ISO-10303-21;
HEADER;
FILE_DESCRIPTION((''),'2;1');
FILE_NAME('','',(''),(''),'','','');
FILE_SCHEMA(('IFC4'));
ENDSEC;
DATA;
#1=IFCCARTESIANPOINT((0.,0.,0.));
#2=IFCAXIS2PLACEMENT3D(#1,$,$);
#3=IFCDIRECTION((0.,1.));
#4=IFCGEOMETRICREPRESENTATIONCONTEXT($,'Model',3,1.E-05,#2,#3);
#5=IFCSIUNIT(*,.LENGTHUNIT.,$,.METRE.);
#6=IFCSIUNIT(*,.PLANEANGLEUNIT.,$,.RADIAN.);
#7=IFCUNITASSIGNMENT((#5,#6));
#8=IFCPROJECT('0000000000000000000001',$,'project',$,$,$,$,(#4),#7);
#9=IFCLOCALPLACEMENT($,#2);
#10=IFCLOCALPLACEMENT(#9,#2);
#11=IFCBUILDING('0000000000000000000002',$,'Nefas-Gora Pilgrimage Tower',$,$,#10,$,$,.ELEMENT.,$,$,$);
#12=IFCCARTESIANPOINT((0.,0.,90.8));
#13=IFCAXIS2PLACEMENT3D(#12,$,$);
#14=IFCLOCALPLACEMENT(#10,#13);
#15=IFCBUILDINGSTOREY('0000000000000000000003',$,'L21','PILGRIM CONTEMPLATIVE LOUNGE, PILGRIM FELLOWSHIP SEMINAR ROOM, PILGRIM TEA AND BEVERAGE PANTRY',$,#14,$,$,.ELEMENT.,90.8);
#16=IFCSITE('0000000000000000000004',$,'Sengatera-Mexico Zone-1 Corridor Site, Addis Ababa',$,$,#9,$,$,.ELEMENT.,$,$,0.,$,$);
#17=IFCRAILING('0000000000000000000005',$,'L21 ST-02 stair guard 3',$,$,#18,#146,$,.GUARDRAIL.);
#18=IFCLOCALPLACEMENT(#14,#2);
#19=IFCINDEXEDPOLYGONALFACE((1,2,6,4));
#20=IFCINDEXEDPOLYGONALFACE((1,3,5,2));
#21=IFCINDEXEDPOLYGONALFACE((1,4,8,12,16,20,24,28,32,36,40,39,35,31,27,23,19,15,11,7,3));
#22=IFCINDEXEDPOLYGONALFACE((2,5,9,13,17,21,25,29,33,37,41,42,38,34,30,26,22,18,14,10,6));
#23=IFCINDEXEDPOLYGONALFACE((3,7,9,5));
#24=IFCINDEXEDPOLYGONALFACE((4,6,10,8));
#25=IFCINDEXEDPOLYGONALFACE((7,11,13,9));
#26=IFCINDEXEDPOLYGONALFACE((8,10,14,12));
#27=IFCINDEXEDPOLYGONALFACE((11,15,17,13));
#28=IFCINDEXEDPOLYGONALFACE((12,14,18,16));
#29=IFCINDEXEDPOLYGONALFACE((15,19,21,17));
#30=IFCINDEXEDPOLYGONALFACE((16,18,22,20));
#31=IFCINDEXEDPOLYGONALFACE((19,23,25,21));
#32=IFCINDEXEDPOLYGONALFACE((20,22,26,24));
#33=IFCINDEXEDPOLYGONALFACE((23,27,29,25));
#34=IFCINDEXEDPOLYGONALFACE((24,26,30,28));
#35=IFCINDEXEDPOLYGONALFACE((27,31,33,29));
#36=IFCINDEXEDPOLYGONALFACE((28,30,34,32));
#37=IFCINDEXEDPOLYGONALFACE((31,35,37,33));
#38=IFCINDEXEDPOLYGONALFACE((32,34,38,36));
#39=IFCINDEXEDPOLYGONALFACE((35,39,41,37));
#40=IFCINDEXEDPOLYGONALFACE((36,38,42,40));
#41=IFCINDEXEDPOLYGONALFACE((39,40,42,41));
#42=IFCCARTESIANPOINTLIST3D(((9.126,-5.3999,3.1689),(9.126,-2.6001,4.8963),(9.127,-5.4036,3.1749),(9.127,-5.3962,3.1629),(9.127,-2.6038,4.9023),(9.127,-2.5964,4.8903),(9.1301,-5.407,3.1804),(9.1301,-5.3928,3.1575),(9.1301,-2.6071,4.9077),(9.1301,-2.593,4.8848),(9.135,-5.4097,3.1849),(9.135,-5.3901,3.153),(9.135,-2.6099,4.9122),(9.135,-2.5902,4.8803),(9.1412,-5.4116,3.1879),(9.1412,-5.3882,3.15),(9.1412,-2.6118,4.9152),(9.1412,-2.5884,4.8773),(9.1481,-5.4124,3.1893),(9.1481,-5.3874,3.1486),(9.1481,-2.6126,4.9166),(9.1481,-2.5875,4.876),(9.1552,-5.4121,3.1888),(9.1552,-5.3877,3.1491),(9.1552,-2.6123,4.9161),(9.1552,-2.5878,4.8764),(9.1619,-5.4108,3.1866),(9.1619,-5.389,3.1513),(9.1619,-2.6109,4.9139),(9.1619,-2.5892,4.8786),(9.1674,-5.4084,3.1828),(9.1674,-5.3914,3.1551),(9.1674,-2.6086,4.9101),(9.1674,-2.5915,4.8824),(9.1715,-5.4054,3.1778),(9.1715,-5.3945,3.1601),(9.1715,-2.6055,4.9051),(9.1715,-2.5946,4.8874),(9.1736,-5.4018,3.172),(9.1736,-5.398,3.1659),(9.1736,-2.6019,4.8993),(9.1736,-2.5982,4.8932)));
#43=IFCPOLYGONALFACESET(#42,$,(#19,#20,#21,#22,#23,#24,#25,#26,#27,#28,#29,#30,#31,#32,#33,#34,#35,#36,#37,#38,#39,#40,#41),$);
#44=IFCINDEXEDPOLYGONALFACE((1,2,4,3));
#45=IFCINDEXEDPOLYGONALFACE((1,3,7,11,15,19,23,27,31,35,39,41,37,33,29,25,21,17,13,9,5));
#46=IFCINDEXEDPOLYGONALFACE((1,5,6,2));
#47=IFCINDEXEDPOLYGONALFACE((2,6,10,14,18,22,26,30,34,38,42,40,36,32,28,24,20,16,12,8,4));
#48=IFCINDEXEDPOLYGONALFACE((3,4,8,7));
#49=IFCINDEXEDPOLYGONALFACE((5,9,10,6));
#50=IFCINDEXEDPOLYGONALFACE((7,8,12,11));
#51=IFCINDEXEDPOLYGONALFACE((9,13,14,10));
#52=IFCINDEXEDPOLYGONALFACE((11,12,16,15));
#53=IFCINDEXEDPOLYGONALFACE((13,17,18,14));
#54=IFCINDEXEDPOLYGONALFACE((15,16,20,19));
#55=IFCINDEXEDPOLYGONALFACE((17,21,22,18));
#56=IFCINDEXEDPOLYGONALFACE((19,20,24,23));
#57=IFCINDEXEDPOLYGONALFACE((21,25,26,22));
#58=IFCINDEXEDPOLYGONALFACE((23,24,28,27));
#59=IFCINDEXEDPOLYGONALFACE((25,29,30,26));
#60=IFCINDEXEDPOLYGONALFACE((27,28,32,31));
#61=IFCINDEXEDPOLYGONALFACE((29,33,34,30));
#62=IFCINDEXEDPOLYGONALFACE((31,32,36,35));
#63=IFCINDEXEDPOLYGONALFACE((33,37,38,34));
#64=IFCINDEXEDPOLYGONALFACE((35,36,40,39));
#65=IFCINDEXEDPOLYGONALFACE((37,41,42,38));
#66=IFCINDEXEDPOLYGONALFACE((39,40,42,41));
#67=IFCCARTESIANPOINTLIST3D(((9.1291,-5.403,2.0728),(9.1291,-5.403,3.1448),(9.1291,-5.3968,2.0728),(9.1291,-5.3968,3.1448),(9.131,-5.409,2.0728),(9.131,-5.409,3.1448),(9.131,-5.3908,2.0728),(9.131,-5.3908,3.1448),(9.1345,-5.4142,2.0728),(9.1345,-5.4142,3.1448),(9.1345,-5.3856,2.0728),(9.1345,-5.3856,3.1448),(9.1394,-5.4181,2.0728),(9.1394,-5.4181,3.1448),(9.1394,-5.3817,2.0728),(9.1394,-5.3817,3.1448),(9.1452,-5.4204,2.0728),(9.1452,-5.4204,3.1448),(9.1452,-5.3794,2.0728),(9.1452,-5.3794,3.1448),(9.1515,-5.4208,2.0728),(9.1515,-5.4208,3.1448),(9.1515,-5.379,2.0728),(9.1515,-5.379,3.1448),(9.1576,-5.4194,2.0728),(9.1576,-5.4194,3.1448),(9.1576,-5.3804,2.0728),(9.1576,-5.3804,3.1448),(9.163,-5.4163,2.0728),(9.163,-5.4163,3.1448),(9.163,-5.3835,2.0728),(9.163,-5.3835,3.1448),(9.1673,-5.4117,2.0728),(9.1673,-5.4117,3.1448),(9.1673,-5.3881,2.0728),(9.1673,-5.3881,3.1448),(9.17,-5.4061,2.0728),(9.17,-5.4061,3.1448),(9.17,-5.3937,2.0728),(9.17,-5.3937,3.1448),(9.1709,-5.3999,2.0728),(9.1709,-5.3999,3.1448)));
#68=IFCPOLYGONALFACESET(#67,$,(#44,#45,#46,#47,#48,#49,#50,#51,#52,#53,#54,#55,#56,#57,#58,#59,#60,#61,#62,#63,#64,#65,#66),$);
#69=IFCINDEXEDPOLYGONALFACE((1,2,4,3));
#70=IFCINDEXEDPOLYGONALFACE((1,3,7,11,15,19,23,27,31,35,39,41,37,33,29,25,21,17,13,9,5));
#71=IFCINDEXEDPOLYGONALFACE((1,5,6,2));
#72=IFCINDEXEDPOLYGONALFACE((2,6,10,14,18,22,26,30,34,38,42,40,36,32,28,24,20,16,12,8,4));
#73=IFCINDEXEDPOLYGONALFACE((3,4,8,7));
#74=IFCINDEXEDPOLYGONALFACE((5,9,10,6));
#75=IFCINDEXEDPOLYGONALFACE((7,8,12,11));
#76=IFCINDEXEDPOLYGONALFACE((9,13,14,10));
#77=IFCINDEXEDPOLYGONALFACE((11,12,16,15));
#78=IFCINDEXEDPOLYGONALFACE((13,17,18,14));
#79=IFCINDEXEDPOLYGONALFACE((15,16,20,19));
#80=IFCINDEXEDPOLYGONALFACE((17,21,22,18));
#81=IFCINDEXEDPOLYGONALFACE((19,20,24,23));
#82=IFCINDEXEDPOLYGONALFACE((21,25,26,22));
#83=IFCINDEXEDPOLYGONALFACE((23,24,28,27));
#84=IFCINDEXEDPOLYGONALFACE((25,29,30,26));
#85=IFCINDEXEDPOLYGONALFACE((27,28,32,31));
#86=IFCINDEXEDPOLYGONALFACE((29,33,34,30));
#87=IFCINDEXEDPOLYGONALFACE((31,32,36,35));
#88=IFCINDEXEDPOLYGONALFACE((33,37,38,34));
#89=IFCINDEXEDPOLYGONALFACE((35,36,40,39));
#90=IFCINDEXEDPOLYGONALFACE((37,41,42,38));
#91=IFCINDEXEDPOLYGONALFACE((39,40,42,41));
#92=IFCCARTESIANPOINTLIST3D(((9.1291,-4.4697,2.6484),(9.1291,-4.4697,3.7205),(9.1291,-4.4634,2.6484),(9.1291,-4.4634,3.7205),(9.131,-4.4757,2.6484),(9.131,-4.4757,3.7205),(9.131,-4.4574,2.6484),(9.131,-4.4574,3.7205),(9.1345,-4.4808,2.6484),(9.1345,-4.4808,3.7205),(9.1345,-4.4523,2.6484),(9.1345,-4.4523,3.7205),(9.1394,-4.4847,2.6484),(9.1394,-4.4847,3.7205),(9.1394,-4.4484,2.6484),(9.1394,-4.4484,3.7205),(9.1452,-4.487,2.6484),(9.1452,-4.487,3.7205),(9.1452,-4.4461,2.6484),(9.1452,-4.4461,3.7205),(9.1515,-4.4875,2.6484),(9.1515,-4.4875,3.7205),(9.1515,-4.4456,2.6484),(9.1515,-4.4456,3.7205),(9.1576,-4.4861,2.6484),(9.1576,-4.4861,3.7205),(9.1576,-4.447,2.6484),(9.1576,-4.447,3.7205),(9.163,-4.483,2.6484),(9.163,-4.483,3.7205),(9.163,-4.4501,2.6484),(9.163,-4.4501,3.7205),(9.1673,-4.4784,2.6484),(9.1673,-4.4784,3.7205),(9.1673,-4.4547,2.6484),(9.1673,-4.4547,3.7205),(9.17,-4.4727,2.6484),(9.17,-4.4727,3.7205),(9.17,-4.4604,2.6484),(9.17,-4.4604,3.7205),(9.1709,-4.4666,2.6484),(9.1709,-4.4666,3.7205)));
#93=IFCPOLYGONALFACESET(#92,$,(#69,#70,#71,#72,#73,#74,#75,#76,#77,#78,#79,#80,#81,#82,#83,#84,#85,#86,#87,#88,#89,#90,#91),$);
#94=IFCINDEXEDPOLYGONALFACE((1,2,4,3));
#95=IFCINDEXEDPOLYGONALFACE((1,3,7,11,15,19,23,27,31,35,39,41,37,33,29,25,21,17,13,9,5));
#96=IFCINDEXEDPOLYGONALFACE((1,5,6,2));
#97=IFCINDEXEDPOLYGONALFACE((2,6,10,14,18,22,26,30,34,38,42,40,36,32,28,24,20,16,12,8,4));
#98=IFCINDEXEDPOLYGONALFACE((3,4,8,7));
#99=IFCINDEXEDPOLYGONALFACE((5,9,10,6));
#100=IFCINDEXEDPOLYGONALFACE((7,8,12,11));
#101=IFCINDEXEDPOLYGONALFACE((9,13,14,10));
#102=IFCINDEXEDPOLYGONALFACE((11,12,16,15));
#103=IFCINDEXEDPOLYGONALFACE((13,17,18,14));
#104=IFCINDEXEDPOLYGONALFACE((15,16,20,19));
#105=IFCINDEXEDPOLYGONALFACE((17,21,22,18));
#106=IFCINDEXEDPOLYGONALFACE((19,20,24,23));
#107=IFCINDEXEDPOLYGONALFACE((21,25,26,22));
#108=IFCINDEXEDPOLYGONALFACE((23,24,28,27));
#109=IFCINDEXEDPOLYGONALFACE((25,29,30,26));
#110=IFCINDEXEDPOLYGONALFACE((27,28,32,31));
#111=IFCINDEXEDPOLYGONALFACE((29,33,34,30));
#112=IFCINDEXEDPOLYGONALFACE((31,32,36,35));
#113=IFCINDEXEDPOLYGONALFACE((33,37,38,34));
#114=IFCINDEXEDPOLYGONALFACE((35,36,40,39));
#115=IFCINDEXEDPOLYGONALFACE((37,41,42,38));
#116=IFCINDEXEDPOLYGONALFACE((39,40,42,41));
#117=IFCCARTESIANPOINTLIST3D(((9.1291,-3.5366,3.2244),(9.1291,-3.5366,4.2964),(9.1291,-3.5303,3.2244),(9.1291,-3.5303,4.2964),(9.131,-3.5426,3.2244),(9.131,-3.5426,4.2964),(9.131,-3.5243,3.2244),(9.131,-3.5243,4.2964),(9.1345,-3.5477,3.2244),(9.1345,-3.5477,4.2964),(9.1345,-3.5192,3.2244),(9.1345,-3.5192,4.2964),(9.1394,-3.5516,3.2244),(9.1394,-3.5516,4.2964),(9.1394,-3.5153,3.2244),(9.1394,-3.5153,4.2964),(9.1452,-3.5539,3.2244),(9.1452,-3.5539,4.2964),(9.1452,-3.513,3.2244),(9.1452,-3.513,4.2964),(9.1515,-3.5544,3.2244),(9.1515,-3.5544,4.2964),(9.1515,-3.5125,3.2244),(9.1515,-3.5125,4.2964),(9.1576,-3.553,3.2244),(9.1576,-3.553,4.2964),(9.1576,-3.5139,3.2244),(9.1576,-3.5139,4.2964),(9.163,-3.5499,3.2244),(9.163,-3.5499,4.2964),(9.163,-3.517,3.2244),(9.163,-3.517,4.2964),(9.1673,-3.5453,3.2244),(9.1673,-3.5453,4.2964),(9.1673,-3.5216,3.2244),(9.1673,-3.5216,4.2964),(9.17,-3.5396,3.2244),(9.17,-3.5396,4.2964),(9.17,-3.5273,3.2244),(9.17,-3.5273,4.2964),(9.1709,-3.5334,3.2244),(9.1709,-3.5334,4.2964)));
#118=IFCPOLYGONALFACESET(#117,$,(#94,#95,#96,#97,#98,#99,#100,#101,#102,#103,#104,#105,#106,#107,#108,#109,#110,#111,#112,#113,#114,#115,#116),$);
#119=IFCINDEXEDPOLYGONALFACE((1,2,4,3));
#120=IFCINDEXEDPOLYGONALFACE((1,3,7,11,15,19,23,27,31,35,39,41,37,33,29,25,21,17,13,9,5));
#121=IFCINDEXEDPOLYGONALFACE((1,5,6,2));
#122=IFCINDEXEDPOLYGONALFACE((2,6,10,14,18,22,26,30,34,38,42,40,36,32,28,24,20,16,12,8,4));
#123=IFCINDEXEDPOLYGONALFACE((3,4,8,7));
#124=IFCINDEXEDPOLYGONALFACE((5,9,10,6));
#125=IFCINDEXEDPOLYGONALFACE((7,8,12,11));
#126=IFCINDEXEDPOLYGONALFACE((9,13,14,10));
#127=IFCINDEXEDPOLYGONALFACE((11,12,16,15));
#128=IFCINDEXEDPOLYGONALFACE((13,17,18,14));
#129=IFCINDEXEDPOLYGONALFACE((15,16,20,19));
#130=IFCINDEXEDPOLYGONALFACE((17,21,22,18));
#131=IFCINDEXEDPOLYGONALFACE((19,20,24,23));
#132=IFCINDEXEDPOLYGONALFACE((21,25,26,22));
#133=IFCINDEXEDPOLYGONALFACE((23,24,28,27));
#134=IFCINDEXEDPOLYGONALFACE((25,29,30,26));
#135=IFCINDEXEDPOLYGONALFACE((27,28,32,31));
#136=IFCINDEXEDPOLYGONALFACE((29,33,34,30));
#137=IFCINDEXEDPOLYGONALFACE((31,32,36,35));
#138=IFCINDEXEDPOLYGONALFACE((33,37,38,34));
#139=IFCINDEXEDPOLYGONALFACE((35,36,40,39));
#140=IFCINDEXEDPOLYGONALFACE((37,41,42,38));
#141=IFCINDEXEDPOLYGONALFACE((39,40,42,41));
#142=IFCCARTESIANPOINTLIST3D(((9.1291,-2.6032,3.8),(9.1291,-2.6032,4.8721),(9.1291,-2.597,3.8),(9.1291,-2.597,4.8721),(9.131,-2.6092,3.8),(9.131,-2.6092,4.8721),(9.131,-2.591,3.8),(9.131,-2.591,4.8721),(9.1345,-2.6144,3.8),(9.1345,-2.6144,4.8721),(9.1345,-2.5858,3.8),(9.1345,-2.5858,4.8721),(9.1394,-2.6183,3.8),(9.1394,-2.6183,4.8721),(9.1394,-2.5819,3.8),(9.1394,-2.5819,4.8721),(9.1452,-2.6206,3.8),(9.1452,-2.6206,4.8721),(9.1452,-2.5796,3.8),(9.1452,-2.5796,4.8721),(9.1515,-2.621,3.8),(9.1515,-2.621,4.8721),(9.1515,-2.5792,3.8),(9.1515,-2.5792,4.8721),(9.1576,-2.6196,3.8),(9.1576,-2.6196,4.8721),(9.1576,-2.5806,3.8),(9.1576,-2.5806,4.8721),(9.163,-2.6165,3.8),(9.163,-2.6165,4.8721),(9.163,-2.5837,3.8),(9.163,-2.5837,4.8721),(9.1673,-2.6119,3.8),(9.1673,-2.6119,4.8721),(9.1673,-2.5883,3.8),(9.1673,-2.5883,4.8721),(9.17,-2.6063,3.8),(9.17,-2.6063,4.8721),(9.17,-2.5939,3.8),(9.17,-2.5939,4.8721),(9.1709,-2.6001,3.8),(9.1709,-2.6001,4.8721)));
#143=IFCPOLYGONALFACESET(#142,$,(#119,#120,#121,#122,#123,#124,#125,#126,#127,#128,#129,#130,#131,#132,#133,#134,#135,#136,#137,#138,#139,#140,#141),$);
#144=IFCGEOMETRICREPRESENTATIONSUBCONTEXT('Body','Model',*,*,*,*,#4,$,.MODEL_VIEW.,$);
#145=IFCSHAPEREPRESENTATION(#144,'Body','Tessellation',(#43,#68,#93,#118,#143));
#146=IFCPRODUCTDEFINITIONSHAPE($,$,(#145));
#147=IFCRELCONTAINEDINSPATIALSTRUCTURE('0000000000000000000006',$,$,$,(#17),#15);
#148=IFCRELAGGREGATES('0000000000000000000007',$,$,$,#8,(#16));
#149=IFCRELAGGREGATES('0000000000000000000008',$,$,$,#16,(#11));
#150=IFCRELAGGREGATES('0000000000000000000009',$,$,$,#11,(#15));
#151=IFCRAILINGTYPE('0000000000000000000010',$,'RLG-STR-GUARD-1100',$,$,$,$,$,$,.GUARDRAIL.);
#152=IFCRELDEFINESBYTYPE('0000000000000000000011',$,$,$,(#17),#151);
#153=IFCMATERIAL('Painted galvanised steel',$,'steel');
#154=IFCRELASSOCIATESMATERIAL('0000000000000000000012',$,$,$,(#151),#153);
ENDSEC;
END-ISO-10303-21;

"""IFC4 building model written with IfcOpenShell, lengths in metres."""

from ifc_helpers import new_model, si_unit, direction, frame, origin, origin_2d, place, context, subcontext, project, spatial, circle, extrude, material, type_object, element, save


model = new_model("IFC4")

# Units and contexts
model_context = context("Model", 3, precision=1e-05, world=origin(), true_north=direction((0.0, 1.0)))
body_context = subcontext(model_context, "Body", "Model", "MODEL_VIEW")
ifc_project = project(units=[si_unit("LENGTHUNIT", "METRE"), si_unit("PLANEANGLEUNIT", "RADIAN")], contexts=[model_context])

# Site, building, storey
site_placement = place(None, origin())
site = spatial("IfcSite", under=ifc_project, at=site_placement, Name="Sengatera-Mexico Zone-1 Corridor Site, Addis Ababa", CompositionType="ELEMENT", RefElevation=0.0)
building_placement = place(site_placement, origin())
building = spatial("IfcBuilding", under=site, at=building_placement, Name="Nefas-Gora Pilgrimage Tower", CompositionType="ELEMENT")
storey_placement = place(building_placement, frame((0.0, 0.0, 90.8)))
storey = spatial("IfcBuildingStorey", under=building, at=storey_placement, Name="L21", Description="PILGRIM CONTEMPLATIVE LOUNGE, PILGRIM FELLOWSHIP SEMINAR ROOM, PILGRIM TEA AND BEVERAGE PANTRY", CompositionType="ELEMENT", Elevation=90.8)

# Railing
ifc_material_1 = material(Name="Painted galvanised steel", Category="steel")
railing_type_1 = type_object("IfcRailingType", Name="RLG-STR-GUARD-1100", PredefinedType="GUARDRAIL", material=ifc_material_1)
railing_1_placement = place(storey_placement, frame((9.1499, -5.3999, 2.0728)))
element("IfcRailing", 1, at=railing_1_placement, inside=storey, type_object=railing_type_1, Name="L21 ST-02 stair guard 3", PredefinedType="GUARDRAIL", context=body_context, shape_type="SweptSolid", body=[
    extrude(circle(Radius=0.0239, at=origin_2d()), frame((0.0, 0.0, 1.0962), z_axis=(0.0, 0.851069, 0.525054), x_axis=(-1.0, 0.0, 0.0)), (0.0, 0.0, 1.0), 3.2898),
    extrude(circle(Radius=0.021, at=origin_2d()), origin(), (0.0, 0.0, 1.0), 1.072),
    extrude(circle(Radius=0.021, at=origin_2d()), frame((0.0, 0.9333, 0.5757)), (0.0, 0.0, 1.0), 1.072),
    extrude(circle(Radius=0.021, at=origin_2d()), frame((0.0, 1.8665, 1.1516)), (0.0, 0.0, 1.0), 1.072),
    extrude(circle(Radius=0.021, at=origin_2d()), frame((0.0, 2.7998, 1.7273)), (0.0, 0.0, 1.0), 1.072),
])

save(model, "model.ifc")
